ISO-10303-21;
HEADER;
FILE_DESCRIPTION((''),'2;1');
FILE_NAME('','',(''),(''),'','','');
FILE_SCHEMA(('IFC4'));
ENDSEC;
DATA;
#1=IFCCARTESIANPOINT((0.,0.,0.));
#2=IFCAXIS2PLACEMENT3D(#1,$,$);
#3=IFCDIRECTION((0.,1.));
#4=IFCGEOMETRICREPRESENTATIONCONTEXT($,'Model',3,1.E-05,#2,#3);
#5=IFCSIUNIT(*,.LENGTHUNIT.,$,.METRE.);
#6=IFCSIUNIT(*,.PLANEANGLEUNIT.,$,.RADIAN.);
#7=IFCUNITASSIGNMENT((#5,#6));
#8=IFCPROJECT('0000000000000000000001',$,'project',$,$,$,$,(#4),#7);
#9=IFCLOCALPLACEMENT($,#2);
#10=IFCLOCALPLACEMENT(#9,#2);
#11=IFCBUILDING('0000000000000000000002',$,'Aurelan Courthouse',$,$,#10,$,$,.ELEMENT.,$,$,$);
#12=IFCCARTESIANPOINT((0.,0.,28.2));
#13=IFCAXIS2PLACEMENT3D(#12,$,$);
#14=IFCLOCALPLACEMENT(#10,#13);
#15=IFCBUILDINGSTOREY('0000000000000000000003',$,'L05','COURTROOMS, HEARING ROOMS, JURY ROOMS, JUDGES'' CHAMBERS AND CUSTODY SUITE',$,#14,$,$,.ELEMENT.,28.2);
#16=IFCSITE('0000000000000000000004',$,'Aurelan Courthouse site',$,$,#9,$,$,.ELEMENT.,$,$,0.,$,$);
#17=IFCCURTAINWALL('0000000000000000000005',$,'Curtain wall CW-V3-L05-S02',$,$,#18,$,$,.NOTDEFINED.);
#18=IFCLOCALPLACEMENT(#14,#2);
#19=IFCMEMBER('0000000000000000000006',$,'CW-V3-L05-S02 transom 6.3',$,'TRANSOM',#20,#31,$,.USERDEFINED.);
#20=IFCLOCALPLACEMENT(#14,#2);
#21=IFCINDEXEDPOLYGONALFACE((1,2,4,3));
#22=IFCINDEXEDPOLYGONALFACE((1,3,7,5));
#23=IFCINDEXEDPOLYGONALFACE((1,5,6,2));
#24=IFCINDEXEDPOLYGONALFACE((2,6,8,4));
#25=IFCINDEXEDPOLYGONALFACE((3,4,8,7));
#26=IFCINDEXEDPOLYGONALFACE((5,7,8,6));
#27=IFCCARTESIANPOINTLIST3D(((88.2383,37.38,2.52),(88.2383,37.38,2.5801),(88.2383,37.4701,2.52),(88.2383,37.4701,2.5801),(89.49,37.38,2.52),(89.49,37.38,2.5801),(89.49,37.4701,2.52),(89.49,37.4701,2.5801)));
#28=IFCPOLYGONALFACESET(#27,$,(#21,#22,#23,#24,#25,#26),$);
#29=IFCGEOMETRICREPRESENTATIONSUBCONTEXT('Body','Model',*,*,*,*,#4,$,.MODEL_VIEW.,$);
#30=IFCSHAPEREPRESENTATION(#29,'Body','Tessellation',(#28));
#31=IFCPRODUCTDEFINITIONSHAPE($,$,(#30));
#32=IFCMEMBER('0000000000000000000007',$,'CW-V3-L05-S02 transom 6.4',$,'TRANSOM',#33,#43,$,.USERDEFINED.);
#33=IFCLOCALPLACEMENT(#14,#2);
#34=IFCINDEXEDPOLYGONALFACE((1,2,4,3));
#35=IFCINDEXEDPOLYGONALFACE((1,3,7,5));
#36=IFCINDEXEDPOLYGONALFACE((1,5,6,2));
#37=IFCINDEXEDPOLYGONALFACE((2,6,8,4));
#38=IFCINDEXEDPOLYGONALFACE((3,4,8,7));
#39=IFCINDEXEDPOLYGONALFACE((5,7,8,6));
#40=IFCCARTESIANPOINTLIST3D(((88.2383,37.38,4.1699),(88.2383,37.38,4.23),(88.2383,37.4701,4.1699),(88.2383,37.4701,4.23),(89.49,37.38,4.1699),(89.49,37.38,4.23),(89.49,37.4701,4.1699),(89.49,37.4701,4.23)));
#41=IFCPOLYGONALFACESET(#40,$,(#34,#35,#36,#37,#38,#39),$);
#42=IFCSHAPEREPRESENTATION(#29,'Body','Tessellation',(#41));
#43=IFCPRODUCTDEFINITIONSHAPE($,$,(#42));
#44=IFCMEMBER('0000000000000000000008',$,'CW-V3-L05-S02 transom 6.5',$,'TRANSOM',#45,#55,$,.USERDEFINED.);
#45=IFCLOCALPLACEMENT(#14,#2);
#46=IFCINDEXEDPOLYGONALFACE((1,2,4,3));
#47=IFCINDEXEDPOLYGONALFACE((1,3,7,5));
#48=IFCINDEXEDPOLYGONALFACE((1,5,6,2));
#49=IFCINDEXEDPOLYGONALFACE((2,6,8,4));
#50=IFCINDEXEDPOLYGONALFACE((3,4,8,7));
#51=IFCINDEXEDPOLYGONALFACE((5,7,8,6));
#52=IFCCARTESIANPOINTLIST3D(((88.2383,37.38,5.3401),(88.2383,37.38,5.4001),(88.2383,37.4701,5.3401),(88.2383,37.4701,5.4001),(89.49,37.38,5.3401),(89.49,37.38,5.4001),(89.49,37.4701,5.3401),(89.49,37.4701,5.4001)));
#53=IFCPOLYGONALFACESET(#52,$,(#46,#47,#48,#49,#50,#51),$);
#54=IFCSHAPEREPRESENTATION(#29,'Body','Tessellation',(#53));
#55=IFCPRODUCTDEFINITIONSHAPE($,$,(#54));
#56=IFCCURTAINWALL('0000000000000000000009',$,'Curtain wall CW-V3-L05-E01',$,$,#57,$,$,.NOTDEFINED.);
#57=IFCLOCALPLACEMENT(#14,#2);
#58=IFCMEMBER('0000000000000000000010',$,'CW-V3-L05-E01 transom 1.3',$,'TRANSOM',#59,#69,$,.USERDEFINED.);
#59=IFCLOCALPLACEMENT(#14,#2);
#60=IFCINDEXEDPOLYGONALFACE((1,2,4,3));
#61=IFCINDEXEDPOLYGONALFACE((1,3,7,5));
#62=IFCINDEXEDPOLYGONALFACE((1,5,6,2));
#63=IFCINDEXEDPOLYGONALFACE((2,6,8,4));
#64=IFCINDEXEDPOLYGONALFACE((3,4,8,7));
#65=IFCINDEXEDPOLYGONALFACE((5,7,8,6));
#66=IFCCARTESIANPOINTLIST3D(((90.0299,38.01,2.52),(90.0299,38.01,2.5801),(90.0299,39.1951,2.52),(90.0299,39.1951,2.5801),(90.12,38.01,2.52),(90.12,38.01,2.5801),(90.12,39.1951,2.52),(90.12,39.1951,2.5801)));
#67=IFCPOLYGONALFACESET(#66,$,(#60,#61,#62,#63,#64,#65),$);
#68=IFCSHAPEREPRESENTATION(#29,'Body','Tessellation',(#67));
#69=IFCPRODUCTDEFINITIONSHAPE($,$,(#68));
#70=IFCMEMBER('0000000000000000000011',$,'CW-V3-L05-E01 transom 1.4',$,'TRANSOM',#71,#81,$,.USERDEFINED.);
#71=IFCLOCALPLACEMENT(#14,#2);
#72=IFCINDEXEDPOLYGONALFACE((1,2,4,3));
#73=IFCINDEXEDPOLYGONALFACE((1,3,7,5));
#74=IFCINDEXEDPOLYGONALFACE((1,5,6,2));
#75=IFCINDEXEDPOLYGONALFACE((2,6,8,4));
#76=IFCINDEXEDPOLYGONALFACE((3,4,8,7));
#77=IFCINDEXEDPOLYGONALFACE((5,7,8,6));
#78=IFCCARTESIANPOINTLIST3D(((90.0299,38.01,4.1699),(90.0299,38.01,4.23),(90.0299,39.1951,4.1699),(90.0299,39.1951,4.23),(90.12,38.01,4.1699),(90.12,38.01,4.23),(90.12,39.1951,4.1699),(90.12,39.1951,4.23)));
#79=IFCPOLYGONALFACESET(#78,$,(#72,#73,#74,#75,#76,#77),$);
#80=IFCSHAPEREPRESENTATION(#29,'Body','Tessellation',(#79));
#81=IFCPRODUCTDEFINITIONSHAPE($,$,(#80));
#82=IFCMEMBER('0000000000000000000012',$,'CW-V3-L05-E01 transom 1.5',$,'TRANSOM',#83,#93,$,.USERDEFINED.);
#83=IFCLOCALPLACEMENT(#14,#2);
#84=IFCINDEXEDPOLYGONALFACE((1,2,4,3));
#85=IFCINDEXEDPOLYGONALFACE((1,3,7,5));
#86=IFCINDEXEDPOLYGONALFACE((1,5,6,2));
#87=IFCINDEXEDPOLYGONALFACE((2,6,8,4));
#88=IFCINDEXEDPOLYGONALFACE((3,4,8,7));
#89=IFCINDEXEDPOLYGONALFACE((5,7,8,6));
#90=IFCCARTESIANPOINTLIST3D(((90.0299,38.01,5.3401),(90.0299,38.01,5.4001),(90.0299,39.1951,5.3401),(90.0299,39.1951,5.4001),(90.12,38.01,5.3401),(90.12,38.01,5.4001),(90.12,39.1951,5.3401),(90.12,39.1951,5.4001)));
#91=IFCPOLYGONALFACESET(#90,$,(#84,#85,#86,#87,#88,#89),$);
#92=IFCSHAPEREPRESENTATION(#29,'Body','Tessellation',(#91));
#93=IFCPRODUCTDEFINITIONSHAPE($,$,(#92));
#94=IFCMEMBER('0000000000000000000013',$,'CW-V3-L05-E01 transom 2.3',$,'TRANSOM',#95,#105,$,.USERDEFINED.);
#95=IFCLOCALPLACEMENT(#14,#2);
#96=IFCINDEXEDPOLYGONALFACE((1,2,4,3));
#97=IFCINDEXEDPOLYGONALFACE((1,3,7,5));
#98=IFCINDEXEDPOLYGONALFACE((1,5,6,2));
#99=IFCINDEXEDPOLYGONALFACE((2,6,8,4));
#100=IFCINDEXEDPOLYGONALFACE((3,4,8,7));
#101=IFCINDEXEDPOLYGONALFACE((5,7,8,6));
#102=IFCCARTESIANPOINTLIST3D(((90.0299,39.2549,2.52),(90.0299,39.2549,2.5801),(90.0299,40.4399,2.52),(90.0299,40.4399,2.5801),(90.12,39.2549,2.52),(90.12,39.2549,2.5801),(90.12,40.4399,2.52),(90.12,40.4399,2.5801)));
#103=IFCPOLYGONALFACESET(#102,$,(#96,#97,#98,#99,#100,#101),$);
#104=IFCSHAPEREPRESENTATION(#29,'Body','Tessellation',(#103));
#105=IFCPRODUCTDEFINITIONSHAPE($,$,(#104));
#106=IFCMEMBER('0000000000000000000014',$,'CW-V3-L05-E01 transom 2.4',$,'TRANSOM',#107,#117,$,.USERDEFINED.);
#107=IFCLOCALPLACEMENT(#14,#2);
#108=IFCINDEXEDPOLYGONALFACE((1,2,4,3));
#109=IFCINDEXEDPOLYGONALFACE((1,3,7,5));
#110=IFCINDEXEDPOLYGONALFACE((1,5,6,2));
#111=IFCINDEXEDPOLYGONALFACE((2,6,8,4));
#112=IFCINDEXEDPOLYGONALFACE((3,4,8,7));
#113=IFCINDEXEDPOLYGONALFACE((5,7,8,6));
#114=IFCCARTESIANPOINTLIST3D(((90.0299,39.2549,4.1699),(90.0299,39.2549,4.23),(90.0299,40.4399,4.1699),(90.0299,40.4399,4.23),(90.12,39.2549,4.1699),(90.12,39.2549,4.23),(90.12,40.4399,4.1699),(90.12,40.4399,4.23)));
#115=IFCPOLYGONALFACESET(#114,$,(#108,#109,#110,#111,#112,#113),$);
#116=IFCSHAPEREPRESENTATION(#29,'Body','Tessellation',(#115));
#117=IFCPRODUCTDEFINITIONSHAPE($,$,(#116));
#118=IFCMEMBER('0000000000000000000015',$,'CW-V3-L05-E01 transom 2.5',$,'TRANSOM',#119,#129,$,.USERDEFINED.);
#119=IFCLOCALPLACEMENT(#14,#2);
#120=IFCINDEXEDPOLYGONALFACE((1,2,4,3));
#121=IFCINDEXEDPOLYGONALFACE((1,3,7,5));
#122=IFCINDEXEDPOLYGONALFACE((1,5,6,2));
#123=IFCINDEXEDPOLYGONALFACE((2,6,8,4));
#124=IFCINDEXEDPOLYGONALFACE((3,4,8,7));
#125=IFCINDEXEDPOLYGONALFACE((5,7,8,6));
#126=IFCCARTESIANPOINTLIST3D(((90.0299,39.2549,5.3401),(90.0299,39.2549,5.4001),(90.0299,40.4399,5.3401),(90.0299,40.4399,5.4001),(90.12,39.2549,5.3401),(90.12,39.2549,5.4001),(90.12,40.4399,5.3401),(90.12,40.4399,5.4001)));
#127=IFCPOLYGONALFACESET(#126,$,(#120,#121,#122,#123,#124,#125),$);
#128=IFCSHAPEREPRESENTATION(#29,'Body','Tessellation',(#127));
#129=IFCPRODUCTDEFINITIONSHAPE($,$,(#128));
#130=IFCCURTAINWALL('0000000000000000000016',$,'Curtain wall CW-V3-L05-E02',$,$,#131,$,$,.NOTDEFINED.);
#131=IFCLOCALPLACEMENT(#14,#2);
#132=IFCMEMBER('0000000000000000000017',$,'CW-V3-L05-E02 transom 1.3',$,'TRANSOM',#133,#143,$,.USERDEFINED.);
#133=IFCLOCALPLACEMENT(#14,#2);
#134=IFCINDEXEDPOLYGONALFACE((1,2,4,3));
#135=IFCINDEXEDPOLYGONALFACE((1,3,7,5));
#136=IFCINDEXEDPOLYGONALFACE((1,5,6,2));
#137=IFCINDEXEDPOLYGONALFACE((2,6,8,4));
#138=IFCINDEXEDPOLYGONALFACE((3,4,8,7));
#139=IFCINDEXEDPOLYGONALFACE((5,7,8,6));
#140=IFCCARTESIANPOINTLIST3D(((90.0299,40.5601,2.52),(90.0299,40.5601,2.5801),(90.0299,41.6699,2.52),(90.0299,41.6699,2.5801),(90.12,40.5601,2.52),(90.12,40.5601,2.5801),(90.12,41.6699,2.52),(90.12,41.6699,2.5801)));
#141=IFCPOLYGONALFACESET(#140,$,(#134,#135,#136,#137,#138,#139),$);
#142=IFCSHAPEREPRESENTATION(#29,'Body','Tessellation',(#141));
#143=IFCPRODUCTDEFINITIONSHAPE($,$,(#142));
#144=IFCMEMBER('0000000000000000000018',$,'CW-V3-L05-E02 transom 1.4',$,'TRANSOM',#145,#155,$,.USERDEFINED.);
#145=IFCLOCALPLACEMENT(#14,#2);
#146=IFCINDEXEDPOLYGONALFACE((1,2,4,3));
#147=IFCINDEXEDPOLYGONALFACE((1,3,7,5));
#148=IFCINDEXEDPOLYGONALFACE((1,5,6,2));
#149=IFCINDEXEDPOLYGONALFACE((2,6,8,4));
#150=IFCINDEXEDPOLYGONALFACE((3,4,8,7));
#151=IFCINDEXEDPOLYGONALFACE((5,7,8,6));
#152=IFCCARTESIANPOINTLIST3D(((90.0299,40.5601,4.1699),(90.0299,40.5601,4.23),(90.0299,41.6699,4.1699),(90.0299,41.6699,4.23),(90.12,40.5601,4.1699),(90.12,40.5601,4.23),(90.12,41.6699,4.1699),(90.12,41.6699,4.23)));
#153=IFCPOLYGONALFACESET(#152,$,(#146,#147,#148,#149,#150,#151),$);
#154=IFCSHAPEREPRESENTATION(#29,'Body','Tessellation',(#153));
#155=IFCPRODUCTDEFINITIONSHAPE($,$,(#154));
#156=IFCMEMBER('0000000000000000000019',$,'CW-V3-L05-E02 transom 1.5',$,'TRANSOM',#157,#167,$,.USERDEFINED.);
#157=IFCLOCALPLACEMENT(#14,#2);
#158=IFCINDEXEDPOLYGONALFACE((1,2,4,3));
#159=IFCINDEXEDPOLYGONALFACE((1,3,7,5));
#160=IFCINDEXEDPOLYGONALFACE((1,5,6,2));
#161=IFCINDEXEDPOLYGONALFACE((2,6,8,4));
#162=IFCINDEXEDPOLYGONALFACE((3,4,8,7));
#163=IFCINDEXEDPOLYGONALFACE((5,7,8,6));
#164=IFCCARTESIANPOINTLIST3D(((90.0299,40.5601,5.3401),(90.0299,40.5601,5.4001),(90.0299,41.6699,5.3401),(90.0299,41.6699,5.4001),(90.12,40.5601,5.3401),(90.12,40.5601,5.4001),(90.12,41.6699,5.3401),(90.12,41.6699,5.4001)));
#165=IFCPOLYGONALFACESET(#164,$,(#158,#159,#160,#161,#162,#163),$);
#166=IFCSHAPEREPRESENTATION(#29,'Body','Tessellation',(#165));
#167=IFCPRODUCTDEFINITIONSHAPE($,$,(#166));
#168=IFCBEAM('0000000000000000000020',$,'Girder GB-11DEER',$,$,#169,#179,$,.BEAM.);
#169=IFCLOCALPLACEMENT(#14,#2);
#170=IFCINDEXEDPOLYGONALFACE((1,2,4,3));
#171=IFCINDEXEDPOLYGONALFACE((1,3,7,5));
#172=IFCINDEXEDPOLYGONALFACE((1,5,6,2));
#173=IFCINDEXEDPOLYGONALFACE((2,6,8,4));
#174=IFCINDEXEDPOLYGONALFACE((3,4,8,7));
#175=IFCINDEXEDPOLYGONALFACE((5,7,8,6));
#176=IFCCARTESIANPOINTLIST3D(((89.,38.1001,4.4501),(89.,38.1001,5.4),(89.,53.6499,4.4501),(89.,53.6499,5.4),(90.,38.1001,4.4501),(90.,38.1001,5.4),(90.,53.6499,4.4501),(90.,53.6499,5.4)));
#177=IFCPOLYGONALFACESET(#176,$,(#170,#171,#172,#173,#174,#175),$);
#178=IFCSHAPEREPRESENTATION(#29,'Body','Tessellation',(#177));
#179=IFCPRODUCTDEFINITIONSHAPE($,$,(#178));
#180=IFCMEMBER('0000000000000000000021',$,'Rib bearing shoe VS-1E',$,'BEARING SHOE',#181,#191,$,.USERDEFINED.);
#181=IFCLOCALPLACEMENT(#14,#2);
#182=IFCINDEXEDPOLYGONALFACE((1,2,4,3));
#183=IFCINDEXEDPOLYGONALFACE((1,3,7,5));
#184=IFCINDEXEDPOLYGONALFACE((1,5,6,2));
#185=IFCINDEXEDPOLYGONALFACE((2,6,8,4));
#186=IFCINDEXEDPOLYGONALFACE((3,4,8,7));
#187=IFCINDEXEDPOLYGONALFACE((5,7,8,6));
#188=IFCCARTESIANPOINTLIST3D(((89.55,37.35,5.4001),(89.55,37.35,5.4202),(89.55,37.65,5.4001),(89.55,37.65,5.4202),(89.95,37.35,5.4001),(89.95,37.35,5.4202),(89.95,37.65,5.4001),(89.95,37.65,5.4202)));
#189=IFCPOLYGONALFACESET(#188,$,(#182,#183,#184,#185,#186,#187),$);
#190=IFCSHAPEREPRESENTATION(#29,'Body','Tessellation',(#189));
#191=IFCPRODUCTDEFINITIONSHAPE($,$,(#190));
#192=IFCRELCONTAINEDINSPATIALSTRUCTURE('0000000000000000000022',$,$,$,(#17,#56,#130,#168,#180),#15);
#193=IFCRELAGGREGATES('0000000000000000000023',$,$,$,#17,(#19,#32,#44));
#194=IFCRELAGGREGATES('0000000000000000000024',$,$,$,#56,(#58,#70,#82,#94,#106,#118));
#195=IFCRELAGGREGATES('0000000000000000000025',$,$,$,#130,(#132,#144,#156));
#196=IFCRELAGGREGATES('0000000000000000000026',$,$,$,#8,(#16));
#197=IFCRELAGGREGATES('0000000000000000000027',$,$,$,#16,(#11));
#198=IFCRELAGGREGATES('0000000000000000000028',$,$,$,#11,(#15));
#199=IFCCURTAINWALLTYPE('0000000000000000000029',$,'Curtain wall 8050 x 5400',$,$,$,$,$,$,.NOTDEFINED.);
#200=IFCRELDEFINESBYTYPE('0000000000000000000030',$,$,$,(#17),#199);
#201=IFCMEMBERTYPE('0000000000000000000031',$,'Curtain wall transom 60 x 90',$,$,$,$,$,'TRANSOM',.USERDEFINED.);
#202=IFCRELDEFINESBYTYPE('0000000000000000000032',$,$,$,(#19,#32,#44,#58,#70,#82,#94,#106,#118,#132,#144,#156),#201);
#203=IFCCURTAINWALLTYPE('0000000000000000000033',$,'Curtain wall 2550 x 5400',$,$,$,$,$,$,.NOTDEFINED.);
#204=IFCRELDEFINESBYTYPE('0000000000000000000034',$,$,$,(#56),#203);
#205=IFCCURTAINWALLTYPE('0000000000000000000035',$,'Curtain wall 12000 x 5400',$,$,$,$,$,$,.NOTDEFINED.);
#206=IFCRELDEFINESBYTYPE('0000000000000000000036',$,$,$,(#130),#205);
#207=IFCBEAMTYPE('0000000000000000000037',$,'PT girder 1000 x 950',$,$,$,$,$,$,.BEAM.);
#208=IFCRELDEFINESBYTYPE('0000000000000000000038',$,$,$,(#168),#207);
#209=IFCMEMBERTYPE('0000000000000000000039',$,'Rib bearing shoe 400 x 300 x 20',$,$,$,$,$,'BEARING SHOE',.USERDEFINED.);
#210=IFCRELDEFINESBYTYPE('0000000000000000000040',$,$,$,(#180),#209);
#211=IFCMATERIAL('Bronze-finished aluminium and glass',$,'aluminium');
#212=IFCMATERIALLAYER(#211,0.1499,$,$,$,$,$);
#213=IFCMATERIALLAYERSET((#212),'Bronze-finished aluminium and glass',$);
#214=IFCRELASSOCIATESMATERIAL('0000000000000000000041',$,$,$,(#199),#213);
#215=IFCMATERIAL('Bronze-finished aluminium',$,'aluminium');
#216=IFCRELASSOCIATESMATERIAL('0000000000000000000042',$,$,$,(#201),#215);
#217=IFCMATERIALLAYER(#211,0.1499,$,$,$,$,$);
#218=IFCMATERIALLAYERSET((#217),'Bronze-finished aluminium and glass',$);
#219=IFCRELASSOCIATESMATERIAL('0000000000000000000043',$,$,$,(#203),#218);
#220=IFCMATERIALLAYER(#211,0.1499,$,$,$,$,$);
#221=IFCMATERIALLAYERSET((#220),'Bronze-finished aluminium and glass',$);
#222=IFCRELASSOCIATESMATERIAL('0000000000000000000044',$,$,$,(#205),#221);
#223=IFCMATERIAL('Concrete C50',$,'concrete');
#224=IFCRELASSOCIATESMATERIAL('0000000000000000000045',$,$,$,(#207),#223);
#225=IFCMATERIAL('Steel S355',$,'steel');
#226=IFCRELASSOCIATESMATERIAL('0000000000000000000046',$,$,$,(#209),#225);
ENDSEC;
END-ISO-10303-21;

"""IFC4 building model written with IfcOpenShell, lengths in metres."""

from ifc_helpers import new_model, si_unit, direction, frame, origin, origin_2d, place, context, subcontext, project, spatial, rectangle, extrude, material, layer, layer_set, material_profile, profile_set, type_object, element, aggregate, save


model = new_model("IFC4")

# Units and contexts
model_context = context("Model", 3, precision=1e-05, world=origin(), true_north=direction((0.0, 1.0)))
body_context = subcontext(model_context, "Body", "Model", "MODEL_VIEW")
ifc_project = project(units=[si_unit("LENGTHUNIT", "METRE"), si_unit("PLANEANGLEUNIT", "RADIAN")], contexts=[model_context])

# Site, building, storey
site_placement = place(None, origin())
site = spatial("IfcSite", under=ifc_project, at=site_placement, Name="Aurelan Courthouse site", CompositionType="ELEMENT", RefElevation=0.0)
building_placement = place(site_placement, origin())
building = spatial("IfcBuilding", under=site, at=building_placement, Name="Aurelan Courthouse", CompositionType="ELEMENT")
storey_placement = place(building_placement, frame((0.0, 0.0, 28.2)))
storey = spatial("IfcBuildingStorey", under=building, at=storey_placement, Name="L05", Description="COURTROOMS, HEARING ROOMS, JURY ROOMS, JUDGES' CHAMBERS AND CUSTODY SUITE", CompositionType="ELEMENT", Elevation=28.2)

# Curtain walls, members
ifc_material_1 = material(Name="Bronze-finished aluminium and glass", Category="aluminium")
ifc_layer_1 = layer(ifc_material_1, 0.1499)
ifc_layer_set_1 = layer_set([ifc_layer_1], Name="Bronze-finished aluminium and glass")
curtain_wall_type_1 = type_object("IfcCurtainWallType", Name="Curtain wall 8050 x 5400", PredefinedType="NOTDEFINED", material=ifc_layer_set_1)
curtain_wall_1_placement = place(storey_placement, origin())
curtain_wall_1 = element("IfcCurtainWall", 1, at=curtain_wall_1_placement, inside=storey, type_object=curtain_wall_type_1, Name="Curtain wall CW-V3-L05-S02", PredefinedType="NOTDEFINED")
ifc_material_2 = material(Name="Bronze-finished aluminium", Category="aluminium")
ifc_material_profile_1 = material_profile(ifc_material_2, rectangle(XDim=0.0901, YDim=0.0601, at=origin_2d()), Name="Bronze transom 60 x 90")
ifc_profile_set_1 = profile_set([ifc_material_profile_1], Name="Bronze-finished aluminium")
member_type_1 = type_object("IfcMemberType", Name="Curtain wall transom 60 x 90", ElementType="TRANSOM", PredefinedType="USERDEFINED", material=ifc_profile_set_1)
member_1_placement = place(storey_placement, frame((88.2383, 37.425, 2.55), z_axis=(1.0, 0.0, 0.0), x_axis=(0.0, 1.0, 0.0)))
member_1 = element("IfcMember", 2, at=member_1_placement, type_object=member_type_1, Name="CW-V3-L05-S02 transom 6.3", ObjectType="TRANSOM", PredefinedType="USERDEFINED", context=body_context, shape_type="SweptSolid", body=[
    extrude(rectangle(XDim=0.0901, YDim=0.0601, at=origin_2d()), origin(), (0.0, 0.0, 1.0), 1.2517),
])
member_2_placement = place(storey_placement, frame((88.2383, 37.425, 4.2), z_axis=(1.0, 0.0, 0.0), x_axis=(0.0, 1.0, 0.0)))
member_2 = element("IfcMember", 3, at=member_2_placement, type_object=member_type_1, Name="CW-V3-L05-S02 transom 6.4", ObjectType="TRANSOM", PredefinedType="USERDEFINED", context=body_context, shape_type="SweptSolid", body=[
    extrude(rectangle(XDim=0.0901, YDim=0.0601, at=origin_2d()), origin(), (0.0, 0.0, 1.0), 1.2517),
])
member_3_placement = place(storey_placement, frame((88.2383, 37.425, 5.3701), z_axis=(1.0, 0.0, 0.0), x_axis=(0.0, 1.0, 0.0)))
member_3 = element("IfcMember", 4, at=member_3_placement, type_object=member_type_1, Name="CW-V3-L05-S02 transom 6.5", ObjectType="TRANSOM", PredefinedType="USERDEFINED", context=body_context, shape_type="SweptSolid", body=[
    extrude(rectangle(XDim=0.0901, YDim=0.0601, at=origin_2d()), origin(), (0.0, 0.0, 1.0), 1.2517),
])
ifc_layer_2 = layer(ifc_material_1, 0.1499)
ifc_layer_set_2 = layer_set([ifc_layer_2], Name="Bronze-finished aluminium and glass")
curtain_wall_type_2 = type_object("IfcCurtainWallType", Name="Curtain wall 2550 x 5400", PredefinedType="NOTDEFINED", material=ifc_layer_set_2)
curtain_wall_2_placement = place(storey_placement, origin())
curtain_wall_2 = element("IfcCurtainWall", 5, at=curtain_wall_2_placement, inside=storey, type_object=curtain_wall_type_2, Name="Curtain wall CW-V3-L05-E01", PredefinedType="NOTDEFINED")
member_4_placement = place(storey_placement, frame((90.075, 38.01, 2.55), z_axis=(0.0, 1.0, 0.0), x_axis=(-1.0, 0.0, 0.0)))
member_4 = element("IfcMember", 6, at=member_4_placement, type_object=member_type_1, Name="CW-V3-L05-E01 transom 1.3", ObjectType="TRANSOM", PredefinedType="USERDEFINED", context=body_context, shape_type="SweptSolid", body=[
    extrude(rectangle(XDim=0.0901, YDim=0.0601, at=origin_2d()), origin(), (0.0, 0.0, 1.0), 1.1851),
])
member_5_placement = place(storey_placement, frame((90.075, 38.01, 4.2), z_axis=(0.0, 1.0, 0.0), x_axis=(-1.0, 0.0, 0.0)))
member_5 = element("IfcMember", 7, at=member_5_placement, type_object=member_type_1, Name="CW-V3-L05-E01 transom 1.4", ObjectType="TRANSOM", PredefinedType="USERDEFINED", context=body_context, shape_type="SweptSolid", body=[
    extrude(rectangle(XDim=0.0901, YDim=0.0601, at=origin_2d()), origin(), (0.0, 0.0, 1.0), 1.1851),
])
member_6_placement = place(storey_placement, frame((90.075, 38.01, 5.3701), z_axis=(0.0, 1.0, 0.0), x_axis=(-1.0, 0.0, 0.0)))
member_6 = element("IfcMember", 8, at=member_6_placement, type_object=member_type_1, Name="CW-V3-L05-E01 transom 1.5", ObjectType="TRANSOM", PredefinedType="USERDEFINED", context=body_context, shape_type="SweptSolid", body=[
    extrude(rectangle(XDim=0.0901, YDim=0.0601, at=origin_2d()), origin(), (0.0, 0.0, 1.0), 1.1851),
])
member_7_placement = place(storey_placement, frame((90.075, 39.2549, 2.55), z_axis=(0.0, 1.0, 0.0), x_axis=(-1.0, 0.0, 0.0)))
member_7 = element("IfcMember", 9, at=member_7_placement, type_object=member_type_1, Name="CW-V3-L05-E01 transom 2.3", ObjectType="TRANSOM", PredefinedType="USERDEFINED", context=body_context, shape_type="SweptSolid", body=[
    extrude(rectangle(XDim=0.0901, YDim=0.0601, at=origin_2d()), origin(), (0.0, 0.0, 1.0), 1.1851),
])
member_8_placement = place(storey_placement, frame((90.075, 39.2549, 4.2), z_axis=(0.0, 1.0, 0.0), x_axis=(-1.0, 0.0, 0.0)))
member_8 = element("IfcMember", 10, at=member_8_placement, type_object=member_type_1, Name="CW-V3-L05-E01 transom 2.4", ObjectType="TRANSOM", PredefinedType="USERDEFINED", context=body_context, shape_type="SweptSolid", body=[
    extrude(rectangle(XDim=0.0901, YDim=0.0601, at=origin_2d()), origin(), (0.0, 0.0, 1.0), 1.1851),
])
member_9_placement = place(storey_placement, frame((90.075, 39.2549, 5.3701), z_axis=(0.0, 1.0, 0.0), x_axis=(-1.0, 0.0, 0.0)))
member_9 = element("IfcMember", 11, at=member_9_placement, type_object=member_type_1, Name="CW-V3-L05-E01 transom 2.5", ObjectType="TRANSOM", PredefinedType="USERDEFINED", context=body_context, shape_type="SweptSolid", body=[
    extrude(rectangle(XDim=0.0901, YDim=0.0601, at=origin_2d()), origin(), (0.0, 0.0, 1.0), 1.1851),
])
ifc_layer_3 = layer(ifc_material_1, 0.1499)
ifc_layer_set_3 = layer_set([ifc_layer_3], Name="Bronze-finished aluminium and glass")
curtain_wall_type_3 = type_object("IfcCurtainWallType", Name="Curtain wall 12000 x 5400", PredefinedType="NOTDEFINED", material=ifc_layer_set_3)
curtain_wall_3_placement = place(storey_placement, origin())
curtain_wall_3 = element("IfcCurtainWall", 12, at=curtain_wall_3_placement, inside=storey, type_object=curtain_wall_type_3, Name="Curtain wall CW-V3-L05-E02", PredefinedType="NOTDEFINED")
member_10_placement = place(storey_placement, frame((90.075, 40.5601, 2.55), z_axis=(0.0, 1.0, 0.0), x_axis=(-1.0, 0.0, 0.0)))
member_10 = element("IfcMember", 13, at=member_10_placement, type_object=member_type_1, Name="CW-V3-L05-E02 transom 1.3", ObjectType="TRANSOM", PredefinedType="USERDEFINED", context=body_context, shape_type="SweptSolid", body=[
    extrude(rectangle(XDim=0.0901, YDim=0.0601, at=origin_2d()), origin(), (0.0, 0.0, 1.0), 1.1099),
])
member_11_placement = place(storey_placement, frame((90.075, 40.5601, 4.2), z_axis=(0.0, 1.0, 0.0), x_axis=(-1.0, 0.0, 0.0)))
member_11 = element("IfcMember", 14, at=member_11_placement, type_object=member_type_1, Name="CW-V3-L05-E02 transom 1.4", ObjectType="TRANSOM", PredefinedType="USERDEFINED", context=body_context, shape_type="SweptSolid", body=[
    extrude(rectangle(XDim=0.0901, YDim=0.0601, at=origin_2d()), origin(), (0.0, 0.0, 1.0), 1.1099),
])
member_12_placement = place(storey_placement, frame((90.075, 40.5601, 5.3701), z_axis=(0.0, 1.0, 0.0), x_axis=(-1.0, 0.0, 0.0)))
member_12 = element("IfcMember", 15, at=member_12_placement, type_object=member_type_1, Name="CW-V3-L05-E02 transom 1.5", ObjectType="TRANSOM", PredefinedType="USERDEFINED", context=body_context, shape_type="SweptSolid", body=[
    extrude(rectangle(XDim=0.0901, YDim=0.0601, at=origin_2d()), origin(), (0.0, 0.0, 1.0), 1.1099),
])

# Beam
ifc_material_3 = material(Name="Concrete C50", Category="concrete")
ifc_material_profile_2 = material_profile(ifc_material_3, rectangle(XDim=1.0, YDim=0.95, at=origin_2d()), Name="RC 1000 x 950")
ifc_profile_set_2 = profile_set([ifc_material_profile_2], Name="Concrete C50")
beam_type = type_object("IfcBeamType", Name="PT girder 1000 x 950", PredefinedType="BEAM", material=ifc_profile_set_2)
beam_placement = place(storey_placement, frame((89.5, 38.1001, 4.925), z_axis=(0.0, 1.0, 0.0), x_axis=(-1.0, 0.0, 0.0)))
element("IfcBeam", 16, at=beam_placement, inside=storey, type_object=beam_type, Name="Girder GB-11DEER", PredefinedType="BEAM", context=body_context, shape_type="SweptSolid", body=[
    extrude(rectangle(XDim=1.0, YDim=0.95, at=origin_2d()), origin(), (0.0, 0.0, 1.0), 15.5498),
])

# Member
ifc_material_4 = material(Name="Steel S355", Category="steel")
ifc_material_profile_3 = material_profile(ifc_material_4, rectangle(XDim=0.3999, YDim=0.3, at=origin_2d()), Name="PL 400 x 300")
ifc_profile_set_3 = profile_set([ifc_material_profile_3], Name="Steel S355")
member_type_2 = type_object("IfcMemberType", Name="Rib bearing shoe 400 x 300 x 20", ElementType="BEARING SHOE", PredefinedType="USERDEFINED", material=ifc_profile_set_3)
member_13_placement = place(storey_placement, frame((89.75, 37.5, 5.4001), z_axis=(0.0, 0.0, 1.0), x_axis=(1.0, 0.0, 0.0)))
element("IfcMember", 17, at=member_13_placement, inside=storey, type_object=member_type_2, Name="Rib bearing shoe VS-1E", ObjectType="BEARING SHOE", PredefinedType="USERDEFINED", context=body_context, shape_type="SweptSolid", body=[
    extrude(rectangle(XDim=0.3999, YDim=0.3, at=origin_2d()), origin(), (0.0, 0.0, 1.0), 0.02),
])

aggregate(curtain_wall_1, [member_1, member_2, member_3])
aggregate(curtain_wall_2, [member_4, member_5, member_6, member_7, member_8, member_9])
aggregate(curtain_wall_3, [member_10, member_11, member_12])

save(model, "model.ifc")
